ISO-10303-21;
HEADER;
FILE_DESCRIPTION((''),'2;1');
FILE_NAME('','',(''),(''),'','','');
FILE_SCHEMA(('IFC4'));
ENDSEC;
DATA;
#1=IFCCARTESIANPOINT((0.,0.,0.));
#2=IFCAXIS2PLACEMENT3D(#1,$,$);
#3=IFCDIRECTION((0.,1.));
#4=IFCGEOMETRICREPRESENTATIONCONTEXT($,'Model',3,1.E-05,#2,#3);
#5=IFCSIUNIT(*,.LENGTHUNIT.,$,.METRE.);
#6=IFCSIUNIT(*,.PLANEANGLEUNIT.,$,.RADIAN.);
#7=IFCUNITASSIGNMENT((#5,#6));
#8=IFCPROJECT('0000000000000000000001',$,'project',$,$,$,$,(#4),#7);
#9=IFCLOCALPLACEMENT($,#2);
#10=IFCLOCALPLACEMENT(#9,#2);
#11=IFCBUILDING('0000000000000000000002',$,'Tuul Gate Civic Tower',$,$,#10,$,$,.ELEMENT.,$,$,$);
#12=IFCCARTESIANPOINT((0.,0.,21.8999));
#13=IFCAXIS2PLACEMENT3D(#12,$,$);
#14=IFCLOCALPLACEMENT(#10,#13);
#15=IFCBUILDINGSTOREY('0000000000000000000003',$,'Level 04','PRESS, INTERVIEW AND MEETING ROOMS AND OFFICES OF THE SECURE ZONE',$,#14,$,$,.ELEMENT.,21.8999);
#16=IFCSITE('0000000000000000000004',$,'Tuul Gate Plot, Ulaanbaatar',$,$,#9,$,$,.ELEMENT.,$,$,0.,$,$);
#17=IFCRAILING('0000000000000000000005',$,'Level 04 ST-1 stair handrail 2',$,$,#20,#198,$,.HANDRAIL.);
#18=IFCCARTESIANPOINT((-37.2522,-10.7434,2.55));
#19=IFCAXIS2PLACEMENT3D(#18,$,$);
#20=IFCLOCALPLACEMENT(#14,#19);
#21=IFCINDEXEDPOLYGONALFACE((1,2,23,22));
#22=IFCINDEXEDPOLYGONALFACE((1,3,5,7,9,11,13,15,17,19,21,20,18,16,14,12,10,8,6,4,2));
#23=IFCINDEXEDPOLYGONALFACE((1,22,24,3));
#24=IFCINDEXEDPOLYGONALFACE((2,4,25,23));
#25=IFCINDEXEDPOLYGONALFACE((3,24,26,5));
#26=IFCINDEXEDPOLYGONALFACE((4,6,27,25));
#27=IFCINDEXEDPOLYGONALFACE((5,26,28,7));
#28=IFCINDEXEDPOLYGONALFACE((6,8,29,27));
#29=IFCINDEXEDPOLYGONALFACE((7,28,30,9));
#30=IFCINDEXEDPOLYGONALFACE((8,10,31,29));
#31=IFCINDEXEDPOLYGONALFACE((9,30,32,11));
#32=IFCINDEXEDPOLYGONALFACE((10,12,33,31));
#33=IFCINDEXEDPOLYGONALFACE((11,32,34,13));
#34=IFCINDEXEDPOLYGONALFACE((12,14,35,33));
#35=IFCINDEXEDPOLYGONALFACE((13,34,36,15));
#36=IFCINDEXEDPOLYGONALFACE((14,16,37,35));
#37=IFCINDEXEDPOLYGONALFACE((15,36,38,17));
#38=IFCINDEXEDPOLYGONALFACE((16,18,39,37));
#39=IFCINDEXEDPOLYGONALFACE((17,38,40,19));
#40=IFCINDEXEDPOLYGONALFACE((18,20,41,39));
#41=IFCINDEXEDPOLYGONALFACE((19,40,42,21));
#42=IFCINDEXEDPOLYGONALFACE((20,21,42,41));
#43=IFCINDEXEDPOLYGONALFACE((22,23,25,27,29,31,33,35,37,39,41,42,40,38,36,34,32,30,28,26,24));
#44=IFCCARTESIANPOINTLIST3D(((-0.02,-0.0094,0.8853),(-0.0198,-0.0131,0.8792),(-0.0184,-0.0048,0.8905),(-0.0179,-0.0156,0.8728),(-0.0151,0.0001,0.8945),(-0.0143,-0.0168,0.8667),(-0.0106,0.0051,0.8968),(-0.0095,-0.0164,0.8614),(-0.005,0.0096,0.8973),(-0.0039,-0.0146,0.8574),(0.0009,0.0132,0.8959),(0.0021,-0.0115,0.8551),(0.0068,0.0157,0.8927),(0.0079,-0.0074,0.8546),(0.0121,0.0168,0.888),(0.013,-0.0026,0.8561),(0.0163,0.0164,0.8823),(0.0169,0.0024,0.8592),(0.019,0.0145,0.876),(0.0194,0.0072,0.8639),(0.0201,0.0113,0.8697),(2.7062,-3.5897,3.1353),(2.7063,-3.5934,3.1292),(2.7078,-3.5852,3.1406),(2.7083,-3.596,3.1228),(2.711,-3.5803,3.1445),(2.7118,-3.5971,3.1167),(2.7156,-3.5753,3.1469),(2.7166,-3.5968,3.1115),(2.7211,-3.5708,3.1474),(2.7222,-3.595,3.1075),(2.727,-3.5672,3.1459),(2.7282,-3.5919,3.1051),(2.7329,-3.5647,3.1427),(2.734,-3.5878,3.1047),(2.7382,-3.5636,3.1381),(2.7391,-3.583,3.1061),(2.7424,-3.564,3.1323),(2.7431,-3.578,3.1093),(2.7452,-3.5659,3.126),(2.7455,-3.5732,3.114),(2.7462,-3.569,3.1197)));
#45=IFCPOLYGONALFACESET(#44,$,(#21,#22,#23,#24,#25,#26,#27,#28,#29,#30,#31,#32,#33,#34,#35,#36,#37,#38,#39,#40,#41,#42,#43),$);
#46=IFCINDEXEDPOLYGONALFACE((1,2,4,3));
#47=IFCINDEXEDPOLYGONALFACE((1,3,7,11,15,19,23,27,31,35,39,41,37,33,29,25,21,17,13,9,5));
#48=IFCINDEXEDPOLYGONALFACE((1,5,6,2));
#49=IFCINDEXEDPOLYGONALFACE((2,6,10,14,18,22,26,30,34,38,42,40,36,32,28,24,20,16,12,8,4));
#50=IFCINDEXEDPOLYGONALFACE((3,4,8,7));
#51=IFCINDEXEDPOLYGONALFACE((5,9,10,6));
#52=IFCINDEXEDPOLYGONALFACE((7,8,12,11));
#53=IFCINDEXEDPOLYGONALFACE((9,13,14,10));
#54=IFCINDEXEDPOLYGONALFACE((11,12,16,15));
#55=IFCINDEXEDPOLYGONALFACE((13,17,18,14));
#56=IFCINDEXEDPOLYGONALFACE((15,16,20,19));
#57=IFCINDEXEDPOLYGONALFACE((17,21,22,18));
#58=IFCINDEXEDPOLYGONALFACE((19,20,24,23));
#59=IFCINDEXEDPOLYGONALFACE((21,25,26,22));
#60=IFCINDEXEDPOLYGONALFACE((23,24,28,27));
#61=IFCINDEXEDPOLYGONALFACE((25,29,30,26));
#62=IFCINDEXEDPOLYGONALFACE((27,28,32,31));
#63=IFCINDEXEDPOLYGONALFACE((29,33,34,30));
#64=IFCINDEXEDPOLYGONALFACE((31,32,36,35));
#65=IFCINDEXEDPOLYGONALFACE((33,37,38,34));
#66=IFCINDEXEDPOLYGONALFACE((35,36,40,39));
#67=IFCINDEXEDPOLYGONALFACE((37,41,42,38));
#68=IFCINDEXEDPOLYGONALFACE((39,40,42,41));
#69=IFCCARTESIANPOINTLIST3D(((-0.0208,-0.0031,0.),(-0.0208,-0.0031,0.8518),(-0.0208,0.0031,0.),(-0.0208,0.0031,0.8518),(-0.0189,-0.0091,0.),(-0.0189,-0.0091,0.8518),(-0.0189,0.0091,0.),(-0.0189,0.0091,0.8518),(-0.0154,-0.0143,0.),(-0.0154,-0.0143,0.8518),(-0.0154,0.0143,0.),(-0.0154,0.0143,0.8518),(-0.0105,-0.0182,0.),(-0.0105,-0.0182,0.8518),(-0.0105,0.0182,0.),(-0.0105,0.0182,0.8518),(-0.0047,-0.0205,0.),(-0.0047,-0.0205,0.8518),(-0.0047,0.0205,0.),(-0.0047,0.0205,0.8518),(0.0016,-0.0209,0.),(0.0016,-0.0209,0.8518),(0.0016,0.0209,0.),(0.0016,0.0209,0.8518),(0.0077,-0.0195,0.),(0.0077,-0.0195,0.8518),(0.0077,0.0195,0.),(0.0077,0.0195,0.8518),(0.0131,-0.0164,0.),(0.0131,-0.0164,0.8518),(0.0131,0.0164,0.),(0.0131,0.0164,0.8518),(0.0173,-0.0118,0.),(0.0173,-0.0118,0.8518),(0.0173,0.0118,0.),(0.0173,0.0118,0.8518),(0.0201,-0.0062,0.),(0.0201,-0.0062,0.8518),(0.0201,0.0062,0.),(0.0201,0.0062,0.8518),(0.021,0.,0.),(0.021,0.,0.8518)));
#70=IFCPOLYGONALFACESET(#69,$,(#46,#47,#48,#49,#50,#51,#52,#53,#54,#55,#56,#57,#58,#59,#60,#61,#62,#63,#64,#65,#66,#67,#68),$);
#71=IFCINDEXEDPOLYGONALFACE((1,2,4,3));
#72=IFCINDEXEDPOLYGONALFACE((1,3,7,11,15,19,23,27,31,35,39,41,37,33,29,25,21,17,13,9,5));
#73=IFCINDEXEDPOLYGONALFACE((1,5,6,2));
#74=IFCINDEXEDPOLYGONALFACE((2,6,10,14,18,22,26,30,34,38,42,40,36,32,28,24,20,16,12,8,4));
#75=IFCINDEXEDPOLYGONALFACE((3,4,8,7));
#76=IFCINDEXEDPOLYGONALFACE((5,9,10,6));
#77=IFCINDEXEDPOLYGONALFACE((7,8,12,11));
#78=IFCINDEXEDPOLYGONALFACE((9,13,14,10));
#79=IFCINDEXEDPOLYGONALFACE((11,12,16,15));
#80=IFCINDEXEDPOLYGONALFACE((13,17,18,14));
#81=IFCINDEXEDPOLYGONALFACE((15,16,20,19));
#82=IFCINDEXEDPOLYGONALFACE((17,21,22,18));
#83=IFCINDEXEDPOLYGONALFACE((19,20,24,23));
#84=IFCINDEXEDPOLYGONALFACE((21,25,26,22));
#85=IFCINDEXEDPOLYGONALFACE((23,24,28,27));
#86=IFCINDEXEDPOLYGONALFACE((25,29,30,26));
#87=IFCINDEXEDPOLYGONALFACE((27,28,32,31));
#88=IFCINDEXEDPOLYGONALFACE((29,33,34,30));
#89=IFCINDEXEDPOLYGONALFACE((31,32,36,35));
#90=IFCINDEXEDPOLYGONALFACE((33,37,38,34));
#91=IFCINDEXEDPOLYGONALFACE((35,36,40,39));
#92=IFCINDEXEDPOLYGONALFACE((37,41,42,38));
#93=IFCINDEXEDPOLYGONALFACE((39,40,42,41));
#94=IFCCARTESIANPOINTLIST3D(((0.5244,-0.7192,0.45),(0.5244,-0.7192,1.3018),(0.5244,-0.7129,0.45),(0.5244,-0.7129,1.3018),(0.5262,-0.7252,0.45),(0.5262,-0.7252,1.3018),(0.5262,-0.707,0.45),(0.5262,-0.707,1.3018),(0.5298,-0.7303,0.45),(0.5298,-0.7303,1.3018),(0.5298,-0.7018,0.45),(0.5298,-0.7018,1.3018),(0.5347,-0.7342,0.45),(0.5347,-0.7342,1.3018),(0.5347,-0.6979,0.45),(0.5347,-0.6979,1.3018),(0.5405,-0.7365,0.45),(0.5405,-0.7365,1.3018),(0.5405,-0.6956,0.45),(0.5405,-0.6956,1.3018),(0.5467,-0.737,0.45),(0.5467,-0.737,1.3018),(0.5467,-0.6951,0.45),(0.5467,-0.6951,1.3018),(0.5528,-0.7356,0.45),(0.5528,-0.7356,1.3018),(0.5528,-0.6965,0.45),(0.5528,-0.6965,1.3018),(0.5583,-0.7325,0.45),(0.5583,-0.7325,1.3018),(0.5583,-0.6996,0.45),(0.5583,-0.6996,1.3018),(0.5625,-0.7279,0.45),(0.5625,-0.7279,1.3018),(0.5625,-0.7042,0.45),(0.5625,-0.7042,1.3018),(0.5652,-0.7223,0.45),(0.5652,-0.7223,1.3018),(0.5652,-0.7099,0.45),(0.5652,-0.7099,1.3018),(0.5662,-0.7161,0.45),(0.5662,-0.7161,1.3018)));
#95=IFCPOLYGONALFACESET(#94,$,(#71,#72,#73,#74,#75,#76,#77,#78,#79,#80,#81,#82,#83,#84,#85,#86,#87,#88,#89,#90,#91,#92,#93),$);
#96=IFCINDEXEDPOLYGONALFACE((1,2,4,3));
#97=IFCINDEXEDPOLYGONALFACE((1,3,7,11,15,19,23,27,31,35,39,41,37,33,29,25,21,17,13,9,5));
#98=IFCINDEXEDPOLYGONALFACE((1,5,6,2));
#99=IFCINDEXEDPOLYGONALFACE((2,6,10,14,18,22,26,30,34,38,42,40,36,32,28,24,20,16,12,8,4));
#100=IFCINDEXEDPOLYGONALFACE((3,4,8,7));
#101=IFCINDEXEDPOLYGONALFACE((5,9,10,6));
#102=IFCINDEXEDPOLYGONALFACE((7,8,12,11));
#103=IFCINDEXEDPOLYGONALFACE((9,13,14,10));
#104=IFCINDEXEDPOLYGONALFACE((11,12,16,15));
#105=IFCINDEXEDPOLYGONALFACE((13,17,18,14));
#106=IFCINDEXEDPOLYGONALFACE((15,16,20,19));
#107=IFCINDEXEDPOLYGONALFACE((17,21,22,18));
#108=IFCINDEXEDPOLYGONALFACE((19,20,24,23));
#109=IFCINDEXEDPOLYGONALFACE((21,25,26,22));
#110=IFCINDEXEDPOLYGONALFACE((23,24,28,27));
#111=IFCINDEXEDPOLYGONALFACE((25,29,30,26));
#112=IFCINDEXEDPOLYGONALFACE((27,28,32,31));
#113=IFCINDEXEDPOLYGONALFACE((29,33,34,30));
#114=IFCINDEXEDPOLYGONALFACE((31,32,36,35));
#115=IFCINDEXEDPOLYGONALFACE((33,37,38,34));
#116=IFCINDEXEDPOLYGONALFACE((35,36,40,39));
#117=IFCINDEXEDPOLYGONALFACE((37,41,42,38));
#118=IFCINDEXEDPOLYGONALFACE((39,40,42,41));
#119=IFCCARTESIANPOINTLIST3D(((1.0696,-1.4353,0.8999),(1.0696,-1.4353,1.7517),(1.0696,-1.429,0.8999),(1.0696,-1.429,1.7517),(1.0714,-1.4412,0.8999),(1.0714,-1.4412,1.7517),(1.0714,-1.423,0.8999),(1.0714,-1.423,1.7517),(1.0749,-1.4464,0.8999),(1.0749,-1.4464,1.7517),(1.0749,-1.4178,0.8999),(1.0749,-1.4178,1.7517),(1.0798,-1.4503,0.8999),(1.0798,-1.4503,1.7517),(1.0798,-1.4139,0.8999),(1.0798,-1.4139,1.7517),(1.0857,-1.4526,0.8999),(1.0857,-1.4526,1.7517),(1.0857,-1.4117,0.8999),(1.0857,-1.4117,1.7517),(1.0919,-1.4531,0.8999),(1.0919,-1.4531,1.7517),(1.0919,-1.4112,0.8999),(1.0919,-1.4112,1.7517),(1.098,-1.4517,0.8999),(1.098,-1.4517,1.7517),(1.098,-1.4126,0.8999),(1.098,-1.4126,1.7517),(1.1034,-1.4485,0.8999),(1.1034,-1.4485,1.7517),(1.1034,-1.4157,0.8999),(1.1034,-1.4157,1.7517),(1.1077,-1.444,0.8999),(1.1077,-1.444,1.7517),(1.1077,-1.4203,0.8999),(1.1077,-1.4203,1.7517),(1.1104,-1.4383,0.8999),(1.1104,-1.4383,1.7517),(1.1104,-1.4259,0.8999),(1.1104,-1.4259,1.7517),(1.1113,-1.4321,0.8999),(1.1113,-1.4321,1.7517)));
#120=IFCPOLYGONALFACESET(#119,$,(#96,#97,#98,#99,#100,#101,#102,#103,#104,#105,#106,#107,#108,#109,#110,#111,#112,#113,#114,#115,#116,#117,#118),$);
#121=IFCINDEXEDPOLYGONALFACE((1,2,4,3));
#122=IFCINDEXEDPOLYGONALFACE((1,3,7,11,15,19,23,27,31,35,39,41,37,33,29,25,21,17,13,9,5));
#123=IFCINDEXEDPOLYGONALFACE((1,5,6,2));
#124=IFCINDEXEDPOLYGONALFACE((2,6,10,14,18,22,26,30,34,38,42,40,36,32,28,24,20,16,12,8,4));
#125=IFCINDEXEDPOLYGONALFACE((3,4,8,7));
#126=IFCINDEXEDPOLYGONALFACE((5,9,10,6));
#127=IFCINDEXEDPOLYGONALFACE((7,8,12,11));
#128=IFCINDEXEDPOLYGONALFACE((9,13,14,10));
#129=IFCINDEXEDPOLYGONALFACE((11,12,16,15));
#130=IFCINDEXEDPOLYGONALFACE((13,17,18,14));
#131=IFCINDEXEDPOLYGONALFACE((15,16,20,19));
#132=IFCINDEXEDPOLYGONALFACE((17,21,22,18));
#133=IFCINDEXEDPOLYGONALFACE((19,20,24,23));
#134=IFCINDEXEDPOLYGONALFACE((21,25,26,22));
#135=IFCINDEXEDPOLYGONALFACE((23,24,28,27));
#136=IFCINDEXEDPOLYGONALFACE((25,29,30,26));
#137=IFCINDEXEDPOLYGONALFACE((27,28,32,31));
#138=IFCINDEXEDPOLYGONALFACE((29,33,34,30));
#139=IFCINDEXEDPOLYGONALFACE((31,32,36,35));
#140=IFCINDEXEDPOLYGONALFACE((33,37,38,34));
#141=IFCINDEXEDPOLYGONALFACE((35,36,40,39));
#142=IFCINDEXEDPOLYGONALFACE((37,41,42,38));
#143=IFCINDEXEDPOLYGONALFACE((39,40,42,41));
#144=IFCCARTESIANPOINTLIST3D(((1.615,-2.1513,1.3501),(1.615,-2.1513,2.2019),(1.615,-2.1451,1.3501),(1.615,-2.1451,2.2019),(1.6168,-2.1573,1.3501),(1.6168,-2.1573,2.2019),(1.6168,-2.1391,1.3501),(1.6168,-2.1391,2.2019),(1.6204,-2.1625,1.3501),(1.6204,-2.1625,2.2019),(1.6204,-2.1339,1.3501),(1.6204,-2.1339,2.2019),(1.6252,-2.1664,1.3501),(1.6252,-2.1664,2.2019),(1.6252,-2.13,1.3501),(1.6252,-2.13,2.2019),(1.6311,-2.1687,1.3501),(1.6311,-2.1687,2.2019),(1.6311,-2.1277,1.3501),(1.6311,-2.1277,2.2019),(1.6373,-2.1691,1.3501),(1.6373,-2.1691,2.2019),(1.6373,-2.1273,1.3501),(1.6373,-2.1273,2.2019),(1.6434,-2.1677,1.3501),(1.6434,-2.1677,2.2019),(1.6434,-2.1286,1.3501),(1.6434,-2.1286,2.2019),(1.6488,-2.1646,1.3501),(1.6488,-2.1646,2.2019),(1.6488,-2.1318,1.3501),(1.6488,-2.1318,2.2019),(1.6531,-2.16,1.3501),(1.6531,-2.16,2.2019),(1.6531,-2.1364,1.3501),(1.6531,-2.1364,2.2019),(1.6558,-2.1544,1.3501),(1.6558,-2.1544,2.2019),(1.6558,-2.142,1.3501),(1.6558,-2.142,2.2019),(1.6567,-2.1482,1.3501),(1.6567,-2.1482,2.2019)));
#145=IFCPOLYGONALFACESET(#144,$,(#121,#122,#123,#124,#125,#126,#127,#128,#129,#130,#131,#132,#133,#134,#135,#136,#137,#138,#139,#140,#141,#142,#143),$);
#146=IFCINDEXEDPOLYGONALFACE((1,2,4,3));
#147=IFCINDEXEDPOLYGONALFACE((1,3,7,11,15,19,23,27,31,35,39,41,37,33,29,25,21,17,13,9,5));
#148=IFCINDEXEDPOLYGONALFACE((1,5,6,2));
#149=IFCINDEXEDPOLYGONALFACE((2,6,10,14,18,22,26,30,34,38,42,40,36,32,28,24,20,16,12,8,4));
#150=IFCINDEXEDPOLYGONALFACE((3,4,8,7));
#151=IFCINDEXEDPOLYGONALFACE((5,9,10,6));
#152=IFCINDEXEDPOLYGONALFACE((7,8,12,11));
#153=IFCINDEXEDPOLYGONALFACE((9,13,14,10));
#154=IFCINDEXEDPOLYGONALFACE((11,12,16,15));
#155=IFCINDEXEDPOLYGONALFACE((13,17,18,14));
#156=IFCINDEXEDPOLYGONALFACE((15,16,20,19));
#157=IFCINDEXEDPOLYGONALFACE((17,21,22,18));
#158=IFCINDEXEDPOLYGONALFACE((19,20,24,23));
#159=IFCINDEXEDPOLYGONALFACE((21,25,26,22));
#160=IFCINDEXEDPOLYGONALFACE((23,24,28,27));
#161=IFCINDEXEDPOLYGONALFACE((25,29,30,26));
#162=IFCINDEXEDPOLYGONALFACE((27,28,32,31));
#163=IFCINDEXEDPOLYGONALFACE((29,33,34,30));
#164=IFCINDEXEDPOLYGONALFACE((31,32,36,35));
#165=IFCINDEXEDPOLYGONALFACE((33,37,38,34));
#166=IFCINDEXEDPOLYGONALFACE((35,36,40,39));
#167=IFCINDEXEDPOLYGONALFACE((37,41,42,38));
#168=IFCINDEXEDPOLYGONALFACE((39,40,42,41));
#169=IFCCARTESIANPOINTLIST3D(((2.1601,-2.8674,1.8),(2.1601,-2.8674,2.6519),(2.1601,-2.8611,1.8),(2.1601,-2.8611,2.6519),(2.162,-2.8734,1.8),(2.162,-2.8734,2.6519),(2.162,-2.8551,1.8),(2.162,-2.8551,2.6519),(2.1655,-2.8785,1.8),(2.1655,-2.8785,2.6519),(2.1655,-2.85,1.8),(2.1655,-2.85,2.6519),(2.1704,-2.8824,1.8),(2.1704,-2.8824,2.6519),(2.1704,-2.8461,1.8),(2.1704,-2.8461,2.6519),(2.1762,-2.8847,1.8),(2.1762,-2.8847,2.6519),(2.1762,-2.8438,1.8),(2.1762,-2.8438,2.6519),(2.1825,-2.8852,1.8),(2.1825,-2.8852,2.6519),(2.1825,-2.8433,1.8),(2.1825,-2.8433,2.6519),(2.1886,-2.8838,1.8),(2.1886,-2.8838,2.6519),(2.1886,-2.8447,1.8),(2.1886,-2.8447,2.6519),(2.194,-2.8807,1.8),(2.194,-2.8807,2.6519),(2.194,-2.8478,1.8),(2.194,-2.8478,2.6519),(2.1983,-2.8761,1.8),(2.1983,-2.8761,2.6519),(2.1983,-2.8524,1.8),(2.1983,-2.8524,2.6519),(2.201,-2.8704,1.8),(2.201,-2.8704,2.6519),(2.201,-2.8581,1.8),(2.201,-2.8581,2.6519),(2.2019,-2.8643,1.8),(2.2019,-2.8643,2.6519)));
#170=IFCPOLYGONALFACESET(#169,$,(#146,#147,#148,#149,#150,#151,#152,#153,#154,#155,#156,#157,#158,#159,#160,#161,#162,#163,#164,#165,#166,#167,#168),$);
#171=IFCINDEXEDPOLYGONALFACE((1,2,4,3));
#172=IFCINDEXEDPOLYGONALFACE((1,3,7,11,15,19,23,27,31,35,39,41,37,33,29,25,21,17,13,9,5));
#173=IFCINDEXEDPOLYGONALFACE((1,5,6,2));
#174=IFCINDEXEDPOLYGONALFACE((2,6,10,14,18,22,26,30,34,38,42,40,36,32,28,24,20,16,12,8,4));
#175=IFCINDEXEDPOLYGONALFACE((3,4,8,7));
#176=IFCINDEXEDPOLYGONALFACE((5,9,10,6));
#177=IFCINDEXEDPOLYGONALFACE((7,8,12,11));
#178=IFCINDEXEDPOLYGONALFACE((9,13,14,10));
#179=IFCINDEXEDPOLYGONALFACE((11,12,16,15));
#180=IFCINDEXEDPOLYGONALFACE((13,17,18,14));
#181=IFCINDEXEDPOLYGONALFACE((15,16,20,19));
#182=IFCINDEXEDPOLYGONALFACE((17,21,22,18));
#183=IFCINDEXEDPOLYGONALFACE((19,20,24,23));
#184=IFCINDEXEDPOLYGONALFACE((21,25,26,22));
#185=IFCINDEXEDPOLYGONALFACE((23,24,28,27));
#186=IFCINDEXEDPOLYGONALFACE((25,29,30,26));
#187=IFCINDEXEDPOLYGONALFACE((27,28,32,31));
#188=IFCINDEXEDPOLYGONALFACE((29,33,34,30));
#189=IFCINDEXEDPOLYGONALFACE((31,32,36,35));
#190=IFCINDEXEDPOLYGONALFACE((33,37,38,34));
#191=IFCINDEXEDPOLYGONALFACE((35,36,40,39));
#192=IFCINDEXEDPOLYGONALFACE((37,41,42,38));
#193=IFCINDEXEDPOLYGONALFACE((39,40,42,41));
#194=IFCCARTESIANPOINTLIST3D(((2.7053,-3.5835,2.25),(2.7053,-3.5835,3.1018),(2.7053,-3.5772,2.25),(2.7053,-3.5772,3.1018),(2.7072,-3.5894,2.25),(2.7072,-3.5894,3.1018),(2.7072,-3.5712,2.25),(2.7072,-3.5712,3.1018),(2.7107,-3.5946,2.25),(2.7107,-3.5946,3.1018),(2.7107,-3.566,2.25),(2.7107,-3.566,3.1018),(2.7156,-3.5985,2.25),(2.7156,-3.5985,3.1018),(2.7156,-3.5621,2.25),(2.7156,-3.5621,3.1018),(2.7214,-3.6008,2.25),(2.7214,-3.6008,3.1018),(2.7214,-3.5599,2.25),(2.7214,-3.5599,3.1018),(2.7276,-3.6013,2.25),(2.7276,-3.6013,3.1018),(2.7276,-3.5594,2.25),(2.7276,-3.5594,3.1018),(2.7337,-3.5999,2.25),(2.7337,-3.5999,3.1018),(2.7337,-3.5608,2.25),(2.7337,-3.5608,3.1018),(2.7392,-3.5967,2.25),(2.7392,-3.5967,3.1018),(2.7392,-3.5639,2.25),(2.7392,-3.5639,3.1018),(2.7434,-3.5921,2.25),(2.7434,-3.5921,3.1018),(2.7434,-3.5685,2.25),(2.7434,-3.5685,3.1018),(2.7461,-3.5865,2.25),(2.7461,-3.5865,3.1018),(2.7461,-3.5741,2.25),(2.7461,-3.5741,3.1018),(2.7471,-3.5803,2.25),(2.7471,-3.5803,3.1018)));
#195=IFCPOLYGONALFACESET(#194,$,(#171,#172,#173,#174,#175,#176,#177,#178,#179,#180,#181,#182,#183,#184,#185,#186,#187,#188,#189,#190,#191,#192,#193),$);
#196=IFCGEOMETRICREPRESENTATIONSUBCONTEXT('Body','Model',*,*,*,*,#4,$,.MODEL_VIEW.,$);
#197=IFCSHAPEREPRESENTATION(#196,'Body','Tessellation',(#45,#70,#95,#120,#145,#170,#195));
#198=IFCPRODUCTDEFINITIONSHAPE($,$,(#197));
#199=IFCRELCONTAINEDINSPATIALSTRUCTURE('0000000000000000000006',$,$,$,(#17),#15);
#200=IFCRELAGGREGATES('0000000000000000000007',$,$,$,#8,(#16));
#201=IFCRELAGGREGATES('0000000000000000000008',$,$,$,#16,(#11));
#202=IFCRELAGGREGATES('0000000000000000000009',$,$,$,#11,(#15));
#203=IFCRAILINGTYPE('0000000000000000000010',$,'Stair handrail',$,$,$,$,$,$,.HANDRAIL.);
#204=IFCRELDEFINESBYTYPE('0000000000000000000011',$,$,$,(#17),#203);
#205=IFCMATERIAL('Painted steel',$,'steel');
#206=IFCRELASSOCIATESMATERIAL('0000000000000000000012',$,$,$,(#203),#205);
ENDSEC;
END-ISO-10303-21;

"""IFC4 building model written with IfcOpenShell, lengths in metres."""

from ifc_helpers import new_model, si_unit, direction, frame, origin, origin_2d, place, context, subcontext, project, spatial, circle, extrude, material, type_object, element, save


model = new_model("IFC4")

# Units and contexts
model_context = context("Model", 3, precision=1e-05, world=origin(), true_north=direction((0.0, 1.0)))
body_context = subcontext(model_context, "Body", "Model", "MODEL_VIEW")
ifc_project = project(units=[si_unit("LENGTHUNIT", "METRE"), si_unit("PLANEANGLEUNIT", "RADIAN")], contexts=[model_context])

# Site, building, storey
site_placement = place(None, origin())
site = spatial("IfcSite", under=ifc_project, at=site_placement, Name="Tuul Gate Plot, Ulaanbaatar", CompositionType="ELEMENT", RefElevation=0.0)
building_placement = place(site_placement, origin())
building = spatial("IfcBuilding", under=site, at=building_placement, Name="Tuul Gate Civic Tower", CompositionType="ELEMENT")
storey_placement = place(building_placement, frame((0.0, 0.0, 21.8999)))
storey = spatial("IfcBuildingStorey", under=building, at=storey_placement, Name="Level 04", Description="PRESS, INTERVIEW AND MEETING ROOMS AND OFFICES OF THE SECURE ZONE", CompositionType="ELEMENT", Elevation=21.8999)

# Railing
ifc_material_1 = material(Name="Painted steel", Category="steel")
railing_type = type_object("IfcRailingType", Name="Stair handrail", PredefinedType="HANDRAIL", material=ifc_material_1)
railing_1_placement = place(storey_placement, frame((-37.2522, -10.7434, 2.55)))
element("IfcRailing", 1, at=railing_1_placement, inside=storey, type_object=railing_type, Name="Level 04 ST-1 stair handrail 2", PredefinedType="HANDRAIL", context=body_context, shape_type="SweptSolid", body=[
    extrude(circle(Radius=0.0239, at=origin_2d()), frame((0.0, 0.0, 0.876), z_axis=(0.541837, -0.711628, 0.447212), x_axis=(0.795623, 0.605791, 0.0)), (0.0, 0.0, 1.0), 5.0312),
    extrude(circle(Radius=0.021, at=origin_2d()), origin(), (0.0, 0.0, 1.0), 0.8518),
    extrude(circle(Radius=0.021, at=origin_2d()), frame((0.5452, -0.7161, 0.45)), (0.0, 0.0, 1.0), 0.8518),
    extrude(circle(Radius=0.021, at=origin_2d()), frame((1.0903, -1.4321, 0.8999)), (0.0, 0.0, 1.0), 0.8518),
    extrude(circle(Radius=0.021, at=origin_2d()), frame((1.6357, -2.1482, 1.3501)), (0.0, 0.0, 1.0), 0.8518),
    extrude(circle(Radius=0.021, at=origin_2d()), frame((2.1809, -2.8643, 1.8)), (0.0, 0.0, 1.0), 0.8518),
    extrude(circle(Radius=0.021, at=origin_2d()), frame((2.7261, -3.5803, 2.25)), (0.0, 0.0, 1.0), 0.8518),
])

save(model, "model.ifc")
